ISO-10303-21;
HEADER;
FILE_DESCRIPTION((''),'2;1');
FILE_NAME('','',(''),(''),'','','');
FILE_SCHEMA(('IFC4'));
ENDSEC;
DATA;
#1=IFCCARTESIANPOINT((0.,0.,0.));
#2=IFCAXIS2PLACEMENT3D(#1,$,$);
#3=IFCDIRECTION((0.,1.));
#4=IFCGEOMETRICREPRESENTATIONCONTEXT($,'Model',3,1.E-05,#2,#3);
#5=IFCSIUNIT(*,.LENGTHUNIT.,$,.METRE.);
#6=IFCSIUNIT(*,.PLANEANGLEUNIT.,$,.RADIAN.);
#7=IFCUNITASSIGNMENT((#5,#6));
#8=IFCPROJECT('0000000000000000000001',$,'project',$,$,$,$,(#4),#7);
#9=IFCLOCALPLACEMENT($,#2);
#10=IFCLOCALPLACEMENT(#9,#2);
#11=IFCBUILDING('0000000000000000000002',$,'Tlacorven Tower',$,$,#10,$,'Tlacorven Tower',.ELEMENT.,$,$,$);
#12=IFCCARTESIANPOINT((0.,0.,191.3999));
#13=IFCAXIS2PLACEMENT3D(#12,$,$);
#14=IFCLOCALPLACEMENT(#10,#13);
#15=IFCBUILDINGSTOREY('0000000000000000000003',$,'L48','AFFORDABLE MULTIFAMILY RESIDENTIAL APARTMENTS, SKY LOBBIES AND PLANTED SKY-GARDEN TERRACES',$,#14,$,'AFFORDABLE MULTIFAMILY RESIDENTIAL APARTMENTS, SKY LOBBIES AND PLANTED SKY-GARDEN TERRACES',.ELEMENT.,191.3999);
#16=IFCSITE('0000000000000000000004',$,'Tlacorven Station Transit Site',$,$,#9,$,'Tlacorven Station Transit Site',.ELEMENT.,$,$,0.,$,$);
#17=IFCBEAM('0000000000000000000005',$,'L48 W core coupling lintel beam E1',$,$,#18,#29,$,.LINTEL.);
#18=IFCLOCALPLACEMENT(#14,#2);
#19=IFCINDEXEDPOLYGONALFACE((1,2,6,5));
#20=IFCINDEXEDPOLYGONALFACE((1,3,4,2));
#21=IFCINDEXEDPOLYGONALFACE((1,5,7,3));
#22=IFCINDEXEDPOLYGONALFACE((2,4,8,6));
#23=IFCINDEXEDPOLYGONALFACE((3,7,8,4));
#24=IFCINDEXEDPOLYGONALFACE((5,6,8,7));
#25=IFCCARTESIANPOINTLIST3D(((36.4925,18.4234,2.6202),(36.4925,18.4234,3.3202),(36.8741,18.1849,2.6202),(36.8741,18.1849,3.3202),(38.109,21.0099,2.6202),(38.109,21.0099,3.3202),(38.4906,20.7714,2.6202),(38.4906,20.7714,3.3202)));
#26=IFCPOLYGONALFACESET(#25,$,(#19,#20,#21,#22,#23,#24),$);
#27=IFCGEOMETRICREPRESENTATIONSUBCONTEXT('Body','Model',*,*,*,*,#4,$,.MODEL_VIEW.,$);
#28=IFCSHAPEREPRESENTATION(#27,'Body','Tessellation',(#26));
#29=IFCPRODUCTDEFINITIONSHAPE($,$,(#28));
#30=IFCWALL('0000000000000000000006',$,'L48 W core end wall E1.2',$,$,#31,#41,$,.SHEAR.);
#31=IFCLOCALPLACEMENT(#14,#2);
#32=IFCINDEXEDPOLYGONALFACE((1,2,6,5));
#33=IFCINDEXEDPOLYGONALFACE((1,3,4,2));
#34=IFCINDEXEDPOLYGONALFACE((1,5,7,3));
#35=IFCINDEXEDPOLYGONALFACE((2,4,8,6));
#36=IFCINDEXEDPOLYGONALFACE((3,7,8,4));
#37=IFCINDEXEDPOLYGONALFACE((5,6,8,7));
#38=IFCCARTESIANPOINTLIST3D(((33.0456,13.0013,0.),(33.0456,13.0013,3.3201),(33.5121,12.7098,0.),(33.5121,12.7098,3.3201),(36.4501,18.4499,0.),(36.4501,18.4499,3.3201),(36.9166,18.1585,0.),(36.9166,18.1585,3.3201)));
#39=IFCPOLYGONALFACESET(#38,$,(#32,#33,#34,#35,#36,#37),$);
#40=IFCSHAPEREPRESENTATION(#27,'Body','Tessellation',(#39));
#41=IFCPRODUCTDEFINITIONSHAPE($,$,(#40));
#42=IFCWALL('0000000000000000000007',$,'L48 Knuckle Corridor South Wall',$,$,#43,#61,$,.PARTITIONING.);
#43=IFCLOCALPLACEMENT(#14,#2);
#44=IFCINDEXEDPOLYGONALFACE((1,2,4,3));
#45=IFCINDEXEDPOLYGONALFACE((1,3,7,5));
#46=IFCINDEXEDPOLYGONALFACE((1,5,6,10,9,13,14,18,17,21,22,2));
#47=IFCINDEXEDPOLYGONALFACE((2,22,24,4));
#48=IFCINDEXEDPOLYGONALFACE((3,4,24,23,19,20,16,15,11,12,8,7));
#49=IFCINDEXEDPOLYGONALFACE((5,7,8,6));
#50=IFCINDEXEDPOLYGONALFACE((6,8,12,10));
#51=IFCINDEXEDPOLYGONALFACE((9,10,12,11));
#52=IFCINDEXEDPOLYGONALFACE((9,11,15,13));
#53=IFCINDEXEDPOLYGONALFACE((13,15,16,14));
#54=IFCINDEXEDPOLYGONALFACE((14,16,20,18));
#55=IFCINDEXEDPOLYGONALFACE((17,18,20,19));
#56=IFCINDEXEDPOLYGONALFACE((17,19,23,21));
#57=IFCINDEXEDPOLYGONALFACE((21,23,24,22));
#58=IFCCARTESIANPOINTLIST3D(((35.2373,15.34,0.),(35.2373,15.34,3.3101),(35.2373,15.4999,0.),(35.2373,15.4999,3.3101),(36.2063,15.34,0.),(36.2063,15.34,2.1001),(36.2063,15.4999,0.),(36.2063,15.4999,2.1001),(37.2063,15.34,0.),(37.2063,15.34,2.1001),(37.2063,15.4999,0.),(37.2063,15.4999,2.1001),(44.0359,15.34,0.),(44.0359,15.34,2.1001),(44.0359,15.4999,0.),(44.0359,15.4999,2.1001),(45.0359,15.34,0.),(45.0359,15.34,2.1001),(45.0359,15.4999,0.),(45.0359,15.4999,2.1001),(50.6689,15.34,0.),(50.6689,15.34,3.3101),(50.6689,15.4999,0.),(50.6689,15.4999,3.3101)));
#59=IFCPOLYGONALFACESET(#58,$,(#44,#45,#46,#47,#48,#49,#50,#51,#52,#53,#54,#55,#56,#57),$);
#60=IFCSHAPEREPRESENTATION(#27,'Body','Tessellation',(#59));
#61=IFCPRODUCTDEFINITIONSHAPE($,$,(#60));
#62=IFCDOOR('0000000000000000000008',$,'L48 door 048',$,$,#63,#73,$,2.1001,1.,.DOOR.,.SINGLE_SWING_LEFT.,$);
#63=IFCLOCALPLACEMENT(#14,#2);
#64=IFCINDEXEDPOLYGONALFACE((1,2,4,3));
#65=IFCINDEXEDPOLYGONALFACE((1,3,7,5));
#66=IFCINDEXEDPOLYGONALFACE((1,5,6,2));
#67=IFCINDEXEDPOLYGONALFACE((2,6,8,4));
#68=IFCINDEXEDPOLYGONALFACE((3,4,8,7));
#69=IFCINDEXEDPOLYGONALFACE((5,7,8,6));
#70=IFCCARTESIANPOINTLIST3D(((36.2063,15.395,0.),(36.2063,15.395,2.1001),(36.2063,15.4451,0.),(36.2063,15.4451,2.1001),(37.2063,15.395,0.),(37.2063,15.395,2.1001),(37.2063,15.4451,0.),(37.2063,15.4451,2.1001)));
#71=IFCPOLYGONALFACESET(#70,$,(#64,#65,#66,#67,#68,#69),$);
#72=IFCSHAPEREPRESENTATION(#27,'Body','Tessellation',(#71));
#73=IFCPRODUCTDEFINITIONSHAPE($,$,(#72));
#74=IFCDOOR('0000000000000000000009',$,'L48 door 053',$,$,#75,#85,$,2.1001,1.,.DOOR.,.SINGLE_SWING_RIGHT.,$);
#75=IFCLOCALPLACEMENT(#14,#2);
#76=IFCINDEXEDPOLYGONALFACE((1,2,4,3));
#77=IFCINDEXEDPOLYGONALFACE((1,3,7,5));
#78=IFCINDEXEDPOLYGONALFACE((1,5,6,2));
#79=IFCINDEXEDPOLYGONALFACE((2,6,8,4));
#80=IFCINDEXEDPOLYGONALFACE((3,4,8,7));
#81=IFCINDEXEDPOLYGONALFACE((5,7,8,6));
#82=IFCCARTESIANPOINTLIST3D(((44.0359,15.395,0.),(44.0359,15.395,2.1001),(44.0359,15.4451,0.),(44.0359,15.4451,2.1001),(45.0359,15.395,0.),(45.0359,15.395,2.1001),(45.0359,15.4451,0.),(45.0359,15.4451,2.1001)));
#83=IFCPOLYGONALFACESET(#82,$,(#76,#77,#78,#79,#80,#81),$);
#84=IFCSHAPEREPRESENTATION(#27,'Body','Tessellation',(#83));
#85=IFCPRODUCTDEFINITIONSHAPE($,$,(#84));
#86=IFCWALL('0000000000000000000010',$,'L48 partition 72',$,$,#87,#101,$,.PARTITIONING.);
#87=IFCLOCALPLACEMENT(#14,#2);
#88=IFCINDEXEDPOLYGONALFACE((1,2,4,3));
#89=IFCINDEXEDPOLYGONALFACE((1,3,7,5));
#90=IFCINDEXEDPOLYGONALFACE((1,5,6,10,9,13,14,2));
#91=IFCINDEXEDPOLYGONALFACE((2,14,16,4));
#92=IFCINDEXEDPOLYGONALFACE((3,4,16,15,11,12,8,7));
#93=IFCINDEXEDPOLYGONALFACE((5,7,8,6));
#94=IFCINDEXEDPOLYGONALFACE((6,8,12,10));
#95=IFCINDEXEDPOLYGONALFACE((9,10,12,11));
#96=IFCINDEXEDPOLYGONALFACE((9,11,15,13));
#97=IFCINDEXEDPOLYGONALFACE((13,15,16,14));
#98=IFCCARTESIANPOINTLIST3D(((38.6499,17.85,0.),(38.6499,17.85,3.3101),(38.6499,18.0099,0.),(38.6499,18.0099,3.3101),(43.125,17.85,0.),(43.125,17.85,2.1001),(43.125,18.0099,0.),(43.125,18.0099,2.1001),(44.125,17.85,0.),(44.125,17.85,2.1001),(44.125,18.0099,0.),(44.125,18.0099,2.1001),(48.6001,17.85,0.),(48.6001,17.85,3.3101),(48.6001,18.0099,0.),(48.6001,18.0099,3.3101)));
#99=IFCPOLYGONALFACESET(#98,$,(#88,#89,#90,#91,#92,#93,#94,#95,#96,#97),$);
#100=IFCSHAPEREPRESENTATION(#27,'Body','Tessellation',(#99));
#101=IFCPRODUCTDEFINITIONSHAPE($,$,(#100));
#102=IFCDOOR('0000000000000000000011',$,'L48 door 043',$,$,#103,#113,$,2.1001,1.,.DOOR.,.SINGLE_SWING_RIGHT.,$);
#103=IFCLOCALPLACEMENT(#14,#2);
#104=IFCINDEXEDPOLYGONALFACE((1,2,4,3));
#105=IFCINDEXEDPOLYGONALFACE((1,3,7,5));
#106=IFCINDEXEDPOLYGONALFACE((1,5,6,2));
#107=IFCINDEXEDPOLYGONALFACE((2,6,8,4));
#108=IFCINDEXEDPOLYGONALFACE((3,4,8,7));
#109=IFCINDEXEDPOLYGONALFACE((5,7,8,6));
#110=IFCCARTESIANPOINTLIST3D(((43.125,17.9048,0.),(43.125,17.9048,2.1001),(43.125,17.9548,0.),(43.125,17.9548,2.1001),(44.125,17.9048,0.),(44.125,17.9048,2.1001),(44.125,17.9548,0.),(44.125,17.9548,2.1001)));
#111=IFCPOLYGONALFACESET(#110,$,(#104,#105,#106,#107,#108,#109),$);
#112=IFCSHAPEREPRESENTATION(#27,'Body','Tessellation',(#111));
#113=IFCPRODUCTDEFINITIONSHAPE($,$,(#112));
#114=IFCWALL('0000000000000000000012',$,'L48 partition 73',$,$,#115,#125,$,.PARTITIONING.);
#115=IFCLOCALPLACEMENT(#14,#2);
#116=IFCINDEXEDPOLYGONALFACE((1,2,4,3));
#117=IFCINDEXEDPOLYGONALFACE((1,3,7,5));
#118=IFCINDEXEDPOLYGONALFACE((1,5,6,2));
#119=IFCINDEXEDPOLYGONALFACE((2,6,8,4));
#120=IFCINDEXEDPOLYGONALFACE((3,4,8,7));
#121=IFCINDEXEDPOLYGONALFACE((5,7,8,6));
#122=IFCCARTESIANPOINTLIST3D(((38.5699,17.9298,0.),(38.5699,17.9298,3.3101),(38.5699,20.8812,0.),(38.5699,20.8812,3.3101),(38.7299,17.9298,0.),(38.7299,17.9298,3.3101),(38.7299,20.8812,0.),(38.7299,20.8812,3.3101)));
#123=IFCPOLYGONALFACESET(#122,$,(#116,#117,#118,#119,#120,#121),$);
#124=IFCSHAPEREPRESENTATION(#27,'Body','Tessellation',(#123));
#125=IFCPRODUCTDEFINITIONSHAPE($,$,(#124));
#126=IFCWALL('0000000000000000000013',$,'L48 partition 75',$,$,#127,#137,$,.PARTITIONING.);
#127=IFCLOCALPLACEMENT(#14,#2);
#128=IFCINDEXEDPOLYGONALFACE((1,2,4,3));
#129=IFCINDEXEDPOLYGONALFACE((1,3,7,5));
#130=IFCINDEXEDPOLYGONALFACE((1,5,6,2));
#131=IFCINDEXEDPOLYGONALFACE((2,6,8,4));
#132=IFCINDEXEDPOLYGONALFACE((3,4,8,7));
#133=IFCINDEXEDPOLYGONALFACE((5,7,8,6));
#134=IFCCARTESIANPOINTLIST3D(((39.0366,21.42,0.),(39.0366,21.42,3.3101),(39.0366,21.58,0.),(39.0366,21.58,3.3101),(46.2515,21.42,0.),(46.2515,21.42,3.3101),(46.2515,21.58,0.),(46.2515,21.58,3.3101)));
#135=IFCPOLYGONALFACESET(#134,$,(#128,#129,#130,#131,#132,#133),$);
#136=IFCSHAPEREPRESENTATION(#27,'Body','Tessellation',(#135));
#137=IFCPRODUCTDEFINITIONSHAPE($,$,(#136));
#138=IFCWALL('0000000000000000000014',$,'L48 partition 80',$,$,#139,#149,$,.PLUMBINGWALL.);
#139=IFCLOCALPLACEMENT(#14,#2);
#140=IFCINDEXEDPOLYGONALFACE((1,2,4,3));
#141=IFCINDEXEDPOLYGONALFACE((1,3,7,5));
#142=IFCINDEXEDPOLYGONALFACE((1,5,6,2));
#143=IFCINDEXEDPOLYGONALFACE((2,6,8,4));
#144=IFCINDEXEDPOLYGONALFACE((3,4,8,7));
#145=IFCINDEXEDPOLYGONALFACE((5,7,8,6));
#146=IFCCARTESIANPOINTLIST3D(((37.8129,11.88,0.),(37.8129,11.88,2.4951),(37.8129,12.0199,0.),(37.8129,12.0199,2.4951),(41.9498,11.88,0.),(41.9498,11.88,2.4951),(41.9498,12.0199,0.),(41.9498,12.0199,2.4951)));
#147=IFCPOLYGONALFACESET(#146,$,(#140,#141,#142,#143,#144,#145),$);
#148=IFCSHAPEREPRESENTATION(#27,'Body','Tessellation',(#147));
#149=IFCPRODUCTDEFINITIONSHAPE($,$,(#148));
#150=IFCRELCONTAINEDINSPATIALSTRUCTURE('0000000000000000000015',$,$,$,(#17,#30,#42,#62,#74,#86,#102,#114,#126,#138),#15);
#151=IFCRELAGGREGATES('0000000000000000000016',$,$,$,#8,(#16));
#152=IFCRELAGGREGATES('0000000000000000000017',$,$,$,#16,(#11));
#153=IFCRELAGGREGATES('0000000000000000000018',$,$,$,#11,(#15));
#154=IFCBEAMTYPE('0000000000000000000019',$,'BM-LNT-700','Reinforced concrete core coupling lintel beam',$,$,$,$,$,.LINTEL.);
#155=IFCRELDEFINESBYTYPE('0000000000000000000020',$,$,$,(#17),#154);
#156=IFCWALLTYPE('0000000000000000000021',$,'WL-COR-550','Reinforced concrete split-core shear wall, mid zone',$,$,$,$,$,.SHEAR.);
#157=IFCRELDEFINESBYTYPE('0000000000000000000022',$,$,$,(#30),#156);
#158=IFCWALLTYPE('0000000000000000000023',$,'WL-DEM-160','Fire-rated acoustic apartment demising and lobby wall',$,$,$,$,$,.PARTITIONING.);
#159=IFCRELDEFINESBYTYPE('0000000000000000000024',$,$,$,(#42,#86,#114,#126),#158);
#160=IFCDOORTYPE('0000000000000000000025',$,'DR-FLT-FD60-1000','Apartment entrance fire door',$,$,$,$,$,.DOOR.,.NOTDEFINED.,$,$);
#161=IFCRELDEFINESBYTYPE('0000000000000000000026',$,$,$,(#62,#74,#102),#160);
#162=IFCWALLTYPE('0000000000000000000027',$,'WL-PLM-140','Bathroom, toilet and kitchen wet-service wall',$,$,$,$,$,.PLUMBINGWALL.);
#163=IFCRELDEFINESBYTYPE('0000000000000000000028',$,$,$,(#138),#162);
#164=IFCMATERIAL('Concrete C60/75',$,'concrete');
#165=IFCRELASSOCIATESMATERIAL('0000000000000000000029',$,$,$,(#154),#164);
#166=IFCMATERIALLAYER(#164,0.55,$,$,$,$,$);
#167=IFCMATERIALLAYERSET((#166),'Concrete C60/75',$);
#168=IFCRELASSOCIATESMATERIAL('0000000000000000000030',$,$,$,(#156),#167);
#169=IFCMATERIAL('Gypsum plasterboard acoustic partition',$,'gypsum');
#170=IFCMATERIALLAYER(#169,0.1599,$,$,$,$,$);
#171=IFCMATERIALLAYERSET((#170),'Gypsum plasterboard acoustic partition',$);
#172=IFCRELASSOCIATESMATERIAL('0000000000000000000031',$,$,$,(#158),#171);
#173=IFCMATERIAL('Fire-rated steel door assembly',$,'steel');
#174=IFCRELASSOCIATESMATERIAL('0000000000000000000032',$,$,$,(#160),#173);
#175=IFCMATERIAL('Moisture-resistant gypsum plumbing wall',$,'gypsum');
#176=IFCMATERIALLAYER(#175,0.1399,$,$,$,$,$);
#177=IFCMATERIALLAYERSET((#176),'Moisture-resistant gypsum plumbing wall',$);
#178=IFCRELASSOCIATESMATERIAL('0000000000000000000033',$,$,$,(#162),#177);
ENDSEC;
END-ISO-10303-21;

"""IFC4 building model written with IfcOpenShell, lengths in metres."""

from ifc_helpers import new_model, si_unit, direction, frame, frame_2d, origin, origin_2d, place, context, subcontext, project, spatial, rectangle, extrude, source, transform, mapped, material, layer, layer_set, material_profile, profile_set, type_object, element, fill, save


model = new_model("IFC4")

# Units and contexts
model_context = context("Model", 3, precision=1e-05, world=origin(), true_north=direction((0.0, 1.0)))
body_context = subcontext(model_context, "Body", "Model", "MODEL_VIEW")
ifc_project = project(units=[si_unit("LENGTHUNIT", "METRE"), si_unit("PLANEANGLEUNIT", "RADIAN")], contexts=[model_context])

# Site, building, storey
site_placement = place(None, origin())
site = spatial("IfcSite", under=ifc_project, at=site_placement, Name="Tlacorven Station Transit Site", LongName="Tlacorven Station Transit Site", CompositionType="ELEMENT", RefElevation=0.0)
building_placement = place(site_placement, origin())
building = spatial("IfcBuilding", under=site, at=building_placement, Name="Tlacorven Tower", LongName="Tlacorven Tower", CompositionType="ELEMENT")
storey_placement = place(building_placement, frame((0.0, 0.0, 191.3999)))
storey = spatial("IfcBuildingStorey", under=building, at=storey_placement, Name="L48", Description="AFFORDABLE MULTIFAMILY RESIDENTIAL APARTMENTS, SKY LOBBIES AND PLANTED SKY-GARDEN TERRACES", LongName="AFFORDABLE MULTIFAMILY RESIDENTIAL APARTMENTS, SKY LOBBIES AND PLANTED SKY-GARDEN TERRACES", CompositionType="ELEMENT", Elevation=191.3999)

# Beam
ifc_material_1 = material(Name="Concrete C60/75", Category="concrete")
ifc_material_profile = material_profile(ifc_material_1, rectangle(XDim=0.45, YDim=0.7, at=origin_2d()), Name="RC 450X700")
ifc_profile_set = profile_set([ifc_material_profile], Name="Concrete C60/75")
beam_type = type_object("IfcBeamType", Name="BM-LNT-700", Description="Reinforced concrete core coupling lintel beam", PredefinedType="LINTEL", material=ifc_profile_set)
shared_shape_1 = source(origin(), body_context, "Body", "SweptSolid", [
    extrude(rectangle(XDim=0.45, YDim=0.7, at=origin_2d()), origin(), (0.0, 0.0, 1.0), 3.05),
])
beam_placement = place(storey_placement, frame((38.2998, 20.8906, 2.9702), z_axis=(-0.529985, -0.848007, 0.0), x_axis=(0.848007, -0.529985, 0.0)))
element("IfcBeam", 1, at=beam_placement, inside=storey, type_object=beam_type, Name="L48 W core coupling lintel beam E1", PredefinedType="LINTEL", context=body_context, shape_type="MappedRepresentation", body=[
    mapped(shared_shape_1, transform((0.0, 0.0, 0.0), scale=1.0)),
])

# Wall
ifc_layer_1 = layer(ifc_material_1, 0.55)
ifc_layer_set_1 = layer_set([ifc_layer_1], Name="Concrete C60/75")
wall_type_1 = type_object("IfcWallType", Name="WL-COR-550", Description="Reinforced concrete split-core shear wall, mid zone", PredefinedType="SHEAR", material=ifc_layer_set_1)
wall_1_placement = place(storey_placement, frame((36.6833, 18.3042, 0.0), z_axis=(0.0, 0.0, 1.0), x_axis=(-0.529896, -0.848062, 0.0)))
element("IfcWall", 2, at=wall_1_placement, inside=storey, type_object=wall_type_1, Name="L48 W core end wall E1.2", PredefinedType="SHEAR", context=body_context, shape_type="SweptSolid", body=[
    extrude(rectangle(XDim=6.4248, YDim=0.55, at=frame_2d((3.2124, 0.0))), origin(), (0.0, 0.0, 1.0), 3.3201),
])

# Wall, openings, doors
ifc_material_2 = material(Name="Gypsum plasterboard acoustic partition", Category="gypsum")
ifc_layer_2 = layer(ifc_material_2, 0.1599)
ifc_layer_set_2 = layer_set([ifc_layer_2], Name="Gypsum plasterboard acoustic partition")
wall_type_2 = type_object("IfcWallType", Name="WL-DEM-160", Description="Fire-rated acoustic apartment demising and lobby wall", PredefinedType="PARTITIONING", material=ifc_layer_set_2)
wall_2_placement = place(storey_placement, frame((35.2373, 15.4199, 0.0), z_axis=(0.0, 0.0, 1.0), x_axis=(1.0, 0.0, 0.0)))
wall_2 = element("IfcWall", 3, at=wall_2_placement, inside=storey, type_object=wall_type_2, Name="L48 Knuckle Corridor South Wall", PredefinedType="PARTITIONING", context=body_context, shape_type="SweptSolid", body=[
    extrude(rectangle(XDim=15.4316, YDim=0.1599, at=frame_2d((7.7158, 0.0))), origin(), (0.0, 0.0, 1.0), 3.3101),
])
opening_1_placement = place(wall_2_placement, frame((0.969, 0.0, 0.0)))
opening_1 = element("IfcOpeningElement", 4, at=opening_1_placement, cuts=wall_2, PredefinedType="OPENING", context=body_context, shape_type="SweptSolid", body=[
    extrude(rectangle(XDim=1.0, YDim=2.1001, at=frame_2d((0.5, 1.05))), frame((0.0, 0.0898, 0.0), z_axis=(0.0, -1.0, 0.0), x_axis=(1.0, 0.0, 0.0)), (0.0, 0.0, 1.0), 0.1799),
])
opening_2_placement = place(wall_2_placement, frame((8.7986, 0.0, 0.0)))
opening_2 = element("IfcOpeningElement", 5, at=opening_2_placement, cuts=wall_2, PredefinedType="OPENING", context=body_context, shape_type="SweptSolid", body=[
    extrude(rectangle(XDim=1.0, YDim=2.1001, at=frame_2d((0.5, 1.05))), frame((0.0, 0.0898, 0.0), z_axis=(0.0, -1.0, 0.0), x_axis=(1.0, 0.0, 0.0)), (0.0, 0.0, 1.0), 0.1799),
])
ifc_material_3 = material(Name="Fire-rated steel door assembly", Category="steel")
door_type_1 = type_object("IfcDoorType", Name="DR-FLT-FD60-1000", Description="Apartment entrance fire door", OperationType="NOTDEFINED", PredefinedType="DOOR", material=ifc_material_3)
shared_shape_2 = source(origin(), body_context, "Body", "SweptSolid", [
    extrude(rectangle(XDim=1.0, YDim=2.1001, at=frame_2d((0.5, 1.05))), frame((0.0, 0.0249, 0.0), z_axis=(0.0, -1.0, 0.0), x_axis=(1.0, 0.0, 0.0)), (0.0, 0.0, 1.0), 0.05),
])
door_1_placement = place(opening_1_placement, frame((1.0, 0.0, 0.0), z_axis=(0.0, 0.0, 1.0), x_axis=(-1.0, 0.0, 0.0)))
door_1 = element("IfcDoor", 6, at=door_1_placement, inside=storey, type_object=door_type_1, Name="L48 door 048", OperationType="SINGLE_SWING_LEFT", OverallHeight=2.1001, OverallWidth=1.0, PredefinedType="DOOR", context=body_context, shape_type="MappedRepresentation", body=[
    mapped(shared_shape_2, transform((0.0, 0.0, 0.0), scale=1.0)),
])
fill(opening_1, door_1)
door_2_placement = place(opening_2_placement, frame((1.0, 0.0, 0.0), z_axis=(0.0, 0.0, 1.0), x_axis=(-1.0, 0.0, 0.0)))
door_2 = element("IfcDoor", 7, at=door_2_placement, inside=storey, type_object=door_type_1, Name="L48 door 053", OperationType="SINGLE_SWING_RIGHT", OverallHeight=2.1001, OverallWidth=1.0, PredefinedType="DOOR", context=body_context, shape_type="MappedRepresentation", body=[
    mapped(shared_shape_2, transform((0.0, 0.0, 0.0), scale=1.0)),
])
fill(opening_2, door_2)

# Wall, opening, door
wall_3_placement = place(storey_placement, frame((38.6499, 17.9299, 0.0), z_axis=(0.0, 0.0, 1.0), x_axis=(1.0, 0.0, 0.0)))
wall_3 = element("IfcWall", 8, at=wall_3_placement, inside=storey, type_object=wall_type_2, Name="L48 partition 72", PredefinedType="PARTITIONING", context=body_context, shape_type="SweptSolid", body=[
    extrude(rectangle(XDim=9.9502, YDim=0.1599, at=frame_2d((4.9751, 0.0))), origin(), (0.0, 0.0, 1.0), 3.3101),
])
opening_3_placement = place(wall_3_placement, frame((4.4751, 0.0, 0.0)))
opening_3 = element("IfcOpeningElement", 9, at=opening_3_placement, cuts=wall_3, PredefinedType="OPENING", context=body_context, shape_type="SweptSolid", body=[
    extrude(rectangle(XDim=1.0, YDim=2.1001, at=frame_2d((0.5, 1.05))), frame((0.0, 0.0898, 0.0), z_axis=(0.0, -1.0, 0.0), x_axis=(1.0, 0.0, 0.0)), (0.0, 0.0, 1.0), 0.1799),
])
door_3_placement = place(opening_3_placement, origin())
door_3 = element("IfcDoor", 10, at=door_3_placement, inside=storey, type_object=door_type_1, Name="L48 door 043", OperationType="SINGLE_SWING_RIGHT", OverallHeight=2.1001, OverallWidth=1.0, PredefinedType="DOOR", context=body_context, shape_type="MappedRepresentation", body=[
    mapped(shared_shape_2, transform((0.0, 0.0, 0.0), scale=1.0)),
])
fill(opening_3, door_3)

# Walls
wall_4_placement = place(storey_placement, frame((38.6499, 17.9299, 0.0), z_axis=(0.0, 0.0, 1.0), x_axis=(0.0, 1.0, 0.0)))
element("IfcWall", 11, at=wall_4_placement, inside=storey, type_object=wall_type_2, Name="L48 partition 73", PredefinedType="PARTITIONING", context=body_context, shape_type="SweptSolid", body=[
    extrude(rectangle(XDim=2.9514, YDim=0.1599, at=frame_2d((1.4756, 0.0))), origin(), (0.0, 0.0, 1.0), 3.3101),
])
wall_5_placement = place(storey_placement, frame((39.0366, 21.5, 0.0), z_axis=(0.0, 0.0, 1.0), x_axis=(1.0, 0.0, 0.0)))
element("IfcWall", 12, at=wall_5_placement, inside=storey, type_object=wall_type_2, Name="L48 partition 75", PredefinedType="PARTITIONING", context=body_context, shape_type="SweptSolid", body=[
    extrude(rectangle(XDim=7.2148, YDim=0.1599, at=frame_2d((3.6074, 0.0))), origin(), (0.0, 0.0, 1.0), 3.3101),
])
ifc_material_4 = material(Name="Moisture-resistant gypsum plumbing wall", Category="gypsum")
ifc_layer_3 = layer(ifc_material_4, 0.1399)
ifc_layer_set_3 = layer_set([ifc_layer_3], Name="Moisture-resistant gypsum plumbing wall")
wall_type_3 = type_object("IfcWallType", Name="WL-PLM-140", Description="Bathroom, toilet and kitchen wet-service wall", PredefinedType="PLUMBINGWALL", material=ifc_layer_set_3)
wall_6_placement = place(storey_placement, frame((37.813, 11.95, 0.0), z_axis=(0.0, 0.0, 1.0), x_axis=(1.0, 0.0, 0.0)))
element("IfcWall", 13, at=wall_6_placement, inside=storey, type_object=wall_type_3, Name="L48 partition 80", PredefinedType="PLUMBINGWALL", context=body_context, shape_type="SweptSolid", body=[
    extrude(rectangle(XDim=4.137, YDim=0.1399, at=frame_2d((2.0684, 0.0))), origin(), (0.0, 0.0, 1.0), 2.4951),
])

save(model, "model.ifc")
